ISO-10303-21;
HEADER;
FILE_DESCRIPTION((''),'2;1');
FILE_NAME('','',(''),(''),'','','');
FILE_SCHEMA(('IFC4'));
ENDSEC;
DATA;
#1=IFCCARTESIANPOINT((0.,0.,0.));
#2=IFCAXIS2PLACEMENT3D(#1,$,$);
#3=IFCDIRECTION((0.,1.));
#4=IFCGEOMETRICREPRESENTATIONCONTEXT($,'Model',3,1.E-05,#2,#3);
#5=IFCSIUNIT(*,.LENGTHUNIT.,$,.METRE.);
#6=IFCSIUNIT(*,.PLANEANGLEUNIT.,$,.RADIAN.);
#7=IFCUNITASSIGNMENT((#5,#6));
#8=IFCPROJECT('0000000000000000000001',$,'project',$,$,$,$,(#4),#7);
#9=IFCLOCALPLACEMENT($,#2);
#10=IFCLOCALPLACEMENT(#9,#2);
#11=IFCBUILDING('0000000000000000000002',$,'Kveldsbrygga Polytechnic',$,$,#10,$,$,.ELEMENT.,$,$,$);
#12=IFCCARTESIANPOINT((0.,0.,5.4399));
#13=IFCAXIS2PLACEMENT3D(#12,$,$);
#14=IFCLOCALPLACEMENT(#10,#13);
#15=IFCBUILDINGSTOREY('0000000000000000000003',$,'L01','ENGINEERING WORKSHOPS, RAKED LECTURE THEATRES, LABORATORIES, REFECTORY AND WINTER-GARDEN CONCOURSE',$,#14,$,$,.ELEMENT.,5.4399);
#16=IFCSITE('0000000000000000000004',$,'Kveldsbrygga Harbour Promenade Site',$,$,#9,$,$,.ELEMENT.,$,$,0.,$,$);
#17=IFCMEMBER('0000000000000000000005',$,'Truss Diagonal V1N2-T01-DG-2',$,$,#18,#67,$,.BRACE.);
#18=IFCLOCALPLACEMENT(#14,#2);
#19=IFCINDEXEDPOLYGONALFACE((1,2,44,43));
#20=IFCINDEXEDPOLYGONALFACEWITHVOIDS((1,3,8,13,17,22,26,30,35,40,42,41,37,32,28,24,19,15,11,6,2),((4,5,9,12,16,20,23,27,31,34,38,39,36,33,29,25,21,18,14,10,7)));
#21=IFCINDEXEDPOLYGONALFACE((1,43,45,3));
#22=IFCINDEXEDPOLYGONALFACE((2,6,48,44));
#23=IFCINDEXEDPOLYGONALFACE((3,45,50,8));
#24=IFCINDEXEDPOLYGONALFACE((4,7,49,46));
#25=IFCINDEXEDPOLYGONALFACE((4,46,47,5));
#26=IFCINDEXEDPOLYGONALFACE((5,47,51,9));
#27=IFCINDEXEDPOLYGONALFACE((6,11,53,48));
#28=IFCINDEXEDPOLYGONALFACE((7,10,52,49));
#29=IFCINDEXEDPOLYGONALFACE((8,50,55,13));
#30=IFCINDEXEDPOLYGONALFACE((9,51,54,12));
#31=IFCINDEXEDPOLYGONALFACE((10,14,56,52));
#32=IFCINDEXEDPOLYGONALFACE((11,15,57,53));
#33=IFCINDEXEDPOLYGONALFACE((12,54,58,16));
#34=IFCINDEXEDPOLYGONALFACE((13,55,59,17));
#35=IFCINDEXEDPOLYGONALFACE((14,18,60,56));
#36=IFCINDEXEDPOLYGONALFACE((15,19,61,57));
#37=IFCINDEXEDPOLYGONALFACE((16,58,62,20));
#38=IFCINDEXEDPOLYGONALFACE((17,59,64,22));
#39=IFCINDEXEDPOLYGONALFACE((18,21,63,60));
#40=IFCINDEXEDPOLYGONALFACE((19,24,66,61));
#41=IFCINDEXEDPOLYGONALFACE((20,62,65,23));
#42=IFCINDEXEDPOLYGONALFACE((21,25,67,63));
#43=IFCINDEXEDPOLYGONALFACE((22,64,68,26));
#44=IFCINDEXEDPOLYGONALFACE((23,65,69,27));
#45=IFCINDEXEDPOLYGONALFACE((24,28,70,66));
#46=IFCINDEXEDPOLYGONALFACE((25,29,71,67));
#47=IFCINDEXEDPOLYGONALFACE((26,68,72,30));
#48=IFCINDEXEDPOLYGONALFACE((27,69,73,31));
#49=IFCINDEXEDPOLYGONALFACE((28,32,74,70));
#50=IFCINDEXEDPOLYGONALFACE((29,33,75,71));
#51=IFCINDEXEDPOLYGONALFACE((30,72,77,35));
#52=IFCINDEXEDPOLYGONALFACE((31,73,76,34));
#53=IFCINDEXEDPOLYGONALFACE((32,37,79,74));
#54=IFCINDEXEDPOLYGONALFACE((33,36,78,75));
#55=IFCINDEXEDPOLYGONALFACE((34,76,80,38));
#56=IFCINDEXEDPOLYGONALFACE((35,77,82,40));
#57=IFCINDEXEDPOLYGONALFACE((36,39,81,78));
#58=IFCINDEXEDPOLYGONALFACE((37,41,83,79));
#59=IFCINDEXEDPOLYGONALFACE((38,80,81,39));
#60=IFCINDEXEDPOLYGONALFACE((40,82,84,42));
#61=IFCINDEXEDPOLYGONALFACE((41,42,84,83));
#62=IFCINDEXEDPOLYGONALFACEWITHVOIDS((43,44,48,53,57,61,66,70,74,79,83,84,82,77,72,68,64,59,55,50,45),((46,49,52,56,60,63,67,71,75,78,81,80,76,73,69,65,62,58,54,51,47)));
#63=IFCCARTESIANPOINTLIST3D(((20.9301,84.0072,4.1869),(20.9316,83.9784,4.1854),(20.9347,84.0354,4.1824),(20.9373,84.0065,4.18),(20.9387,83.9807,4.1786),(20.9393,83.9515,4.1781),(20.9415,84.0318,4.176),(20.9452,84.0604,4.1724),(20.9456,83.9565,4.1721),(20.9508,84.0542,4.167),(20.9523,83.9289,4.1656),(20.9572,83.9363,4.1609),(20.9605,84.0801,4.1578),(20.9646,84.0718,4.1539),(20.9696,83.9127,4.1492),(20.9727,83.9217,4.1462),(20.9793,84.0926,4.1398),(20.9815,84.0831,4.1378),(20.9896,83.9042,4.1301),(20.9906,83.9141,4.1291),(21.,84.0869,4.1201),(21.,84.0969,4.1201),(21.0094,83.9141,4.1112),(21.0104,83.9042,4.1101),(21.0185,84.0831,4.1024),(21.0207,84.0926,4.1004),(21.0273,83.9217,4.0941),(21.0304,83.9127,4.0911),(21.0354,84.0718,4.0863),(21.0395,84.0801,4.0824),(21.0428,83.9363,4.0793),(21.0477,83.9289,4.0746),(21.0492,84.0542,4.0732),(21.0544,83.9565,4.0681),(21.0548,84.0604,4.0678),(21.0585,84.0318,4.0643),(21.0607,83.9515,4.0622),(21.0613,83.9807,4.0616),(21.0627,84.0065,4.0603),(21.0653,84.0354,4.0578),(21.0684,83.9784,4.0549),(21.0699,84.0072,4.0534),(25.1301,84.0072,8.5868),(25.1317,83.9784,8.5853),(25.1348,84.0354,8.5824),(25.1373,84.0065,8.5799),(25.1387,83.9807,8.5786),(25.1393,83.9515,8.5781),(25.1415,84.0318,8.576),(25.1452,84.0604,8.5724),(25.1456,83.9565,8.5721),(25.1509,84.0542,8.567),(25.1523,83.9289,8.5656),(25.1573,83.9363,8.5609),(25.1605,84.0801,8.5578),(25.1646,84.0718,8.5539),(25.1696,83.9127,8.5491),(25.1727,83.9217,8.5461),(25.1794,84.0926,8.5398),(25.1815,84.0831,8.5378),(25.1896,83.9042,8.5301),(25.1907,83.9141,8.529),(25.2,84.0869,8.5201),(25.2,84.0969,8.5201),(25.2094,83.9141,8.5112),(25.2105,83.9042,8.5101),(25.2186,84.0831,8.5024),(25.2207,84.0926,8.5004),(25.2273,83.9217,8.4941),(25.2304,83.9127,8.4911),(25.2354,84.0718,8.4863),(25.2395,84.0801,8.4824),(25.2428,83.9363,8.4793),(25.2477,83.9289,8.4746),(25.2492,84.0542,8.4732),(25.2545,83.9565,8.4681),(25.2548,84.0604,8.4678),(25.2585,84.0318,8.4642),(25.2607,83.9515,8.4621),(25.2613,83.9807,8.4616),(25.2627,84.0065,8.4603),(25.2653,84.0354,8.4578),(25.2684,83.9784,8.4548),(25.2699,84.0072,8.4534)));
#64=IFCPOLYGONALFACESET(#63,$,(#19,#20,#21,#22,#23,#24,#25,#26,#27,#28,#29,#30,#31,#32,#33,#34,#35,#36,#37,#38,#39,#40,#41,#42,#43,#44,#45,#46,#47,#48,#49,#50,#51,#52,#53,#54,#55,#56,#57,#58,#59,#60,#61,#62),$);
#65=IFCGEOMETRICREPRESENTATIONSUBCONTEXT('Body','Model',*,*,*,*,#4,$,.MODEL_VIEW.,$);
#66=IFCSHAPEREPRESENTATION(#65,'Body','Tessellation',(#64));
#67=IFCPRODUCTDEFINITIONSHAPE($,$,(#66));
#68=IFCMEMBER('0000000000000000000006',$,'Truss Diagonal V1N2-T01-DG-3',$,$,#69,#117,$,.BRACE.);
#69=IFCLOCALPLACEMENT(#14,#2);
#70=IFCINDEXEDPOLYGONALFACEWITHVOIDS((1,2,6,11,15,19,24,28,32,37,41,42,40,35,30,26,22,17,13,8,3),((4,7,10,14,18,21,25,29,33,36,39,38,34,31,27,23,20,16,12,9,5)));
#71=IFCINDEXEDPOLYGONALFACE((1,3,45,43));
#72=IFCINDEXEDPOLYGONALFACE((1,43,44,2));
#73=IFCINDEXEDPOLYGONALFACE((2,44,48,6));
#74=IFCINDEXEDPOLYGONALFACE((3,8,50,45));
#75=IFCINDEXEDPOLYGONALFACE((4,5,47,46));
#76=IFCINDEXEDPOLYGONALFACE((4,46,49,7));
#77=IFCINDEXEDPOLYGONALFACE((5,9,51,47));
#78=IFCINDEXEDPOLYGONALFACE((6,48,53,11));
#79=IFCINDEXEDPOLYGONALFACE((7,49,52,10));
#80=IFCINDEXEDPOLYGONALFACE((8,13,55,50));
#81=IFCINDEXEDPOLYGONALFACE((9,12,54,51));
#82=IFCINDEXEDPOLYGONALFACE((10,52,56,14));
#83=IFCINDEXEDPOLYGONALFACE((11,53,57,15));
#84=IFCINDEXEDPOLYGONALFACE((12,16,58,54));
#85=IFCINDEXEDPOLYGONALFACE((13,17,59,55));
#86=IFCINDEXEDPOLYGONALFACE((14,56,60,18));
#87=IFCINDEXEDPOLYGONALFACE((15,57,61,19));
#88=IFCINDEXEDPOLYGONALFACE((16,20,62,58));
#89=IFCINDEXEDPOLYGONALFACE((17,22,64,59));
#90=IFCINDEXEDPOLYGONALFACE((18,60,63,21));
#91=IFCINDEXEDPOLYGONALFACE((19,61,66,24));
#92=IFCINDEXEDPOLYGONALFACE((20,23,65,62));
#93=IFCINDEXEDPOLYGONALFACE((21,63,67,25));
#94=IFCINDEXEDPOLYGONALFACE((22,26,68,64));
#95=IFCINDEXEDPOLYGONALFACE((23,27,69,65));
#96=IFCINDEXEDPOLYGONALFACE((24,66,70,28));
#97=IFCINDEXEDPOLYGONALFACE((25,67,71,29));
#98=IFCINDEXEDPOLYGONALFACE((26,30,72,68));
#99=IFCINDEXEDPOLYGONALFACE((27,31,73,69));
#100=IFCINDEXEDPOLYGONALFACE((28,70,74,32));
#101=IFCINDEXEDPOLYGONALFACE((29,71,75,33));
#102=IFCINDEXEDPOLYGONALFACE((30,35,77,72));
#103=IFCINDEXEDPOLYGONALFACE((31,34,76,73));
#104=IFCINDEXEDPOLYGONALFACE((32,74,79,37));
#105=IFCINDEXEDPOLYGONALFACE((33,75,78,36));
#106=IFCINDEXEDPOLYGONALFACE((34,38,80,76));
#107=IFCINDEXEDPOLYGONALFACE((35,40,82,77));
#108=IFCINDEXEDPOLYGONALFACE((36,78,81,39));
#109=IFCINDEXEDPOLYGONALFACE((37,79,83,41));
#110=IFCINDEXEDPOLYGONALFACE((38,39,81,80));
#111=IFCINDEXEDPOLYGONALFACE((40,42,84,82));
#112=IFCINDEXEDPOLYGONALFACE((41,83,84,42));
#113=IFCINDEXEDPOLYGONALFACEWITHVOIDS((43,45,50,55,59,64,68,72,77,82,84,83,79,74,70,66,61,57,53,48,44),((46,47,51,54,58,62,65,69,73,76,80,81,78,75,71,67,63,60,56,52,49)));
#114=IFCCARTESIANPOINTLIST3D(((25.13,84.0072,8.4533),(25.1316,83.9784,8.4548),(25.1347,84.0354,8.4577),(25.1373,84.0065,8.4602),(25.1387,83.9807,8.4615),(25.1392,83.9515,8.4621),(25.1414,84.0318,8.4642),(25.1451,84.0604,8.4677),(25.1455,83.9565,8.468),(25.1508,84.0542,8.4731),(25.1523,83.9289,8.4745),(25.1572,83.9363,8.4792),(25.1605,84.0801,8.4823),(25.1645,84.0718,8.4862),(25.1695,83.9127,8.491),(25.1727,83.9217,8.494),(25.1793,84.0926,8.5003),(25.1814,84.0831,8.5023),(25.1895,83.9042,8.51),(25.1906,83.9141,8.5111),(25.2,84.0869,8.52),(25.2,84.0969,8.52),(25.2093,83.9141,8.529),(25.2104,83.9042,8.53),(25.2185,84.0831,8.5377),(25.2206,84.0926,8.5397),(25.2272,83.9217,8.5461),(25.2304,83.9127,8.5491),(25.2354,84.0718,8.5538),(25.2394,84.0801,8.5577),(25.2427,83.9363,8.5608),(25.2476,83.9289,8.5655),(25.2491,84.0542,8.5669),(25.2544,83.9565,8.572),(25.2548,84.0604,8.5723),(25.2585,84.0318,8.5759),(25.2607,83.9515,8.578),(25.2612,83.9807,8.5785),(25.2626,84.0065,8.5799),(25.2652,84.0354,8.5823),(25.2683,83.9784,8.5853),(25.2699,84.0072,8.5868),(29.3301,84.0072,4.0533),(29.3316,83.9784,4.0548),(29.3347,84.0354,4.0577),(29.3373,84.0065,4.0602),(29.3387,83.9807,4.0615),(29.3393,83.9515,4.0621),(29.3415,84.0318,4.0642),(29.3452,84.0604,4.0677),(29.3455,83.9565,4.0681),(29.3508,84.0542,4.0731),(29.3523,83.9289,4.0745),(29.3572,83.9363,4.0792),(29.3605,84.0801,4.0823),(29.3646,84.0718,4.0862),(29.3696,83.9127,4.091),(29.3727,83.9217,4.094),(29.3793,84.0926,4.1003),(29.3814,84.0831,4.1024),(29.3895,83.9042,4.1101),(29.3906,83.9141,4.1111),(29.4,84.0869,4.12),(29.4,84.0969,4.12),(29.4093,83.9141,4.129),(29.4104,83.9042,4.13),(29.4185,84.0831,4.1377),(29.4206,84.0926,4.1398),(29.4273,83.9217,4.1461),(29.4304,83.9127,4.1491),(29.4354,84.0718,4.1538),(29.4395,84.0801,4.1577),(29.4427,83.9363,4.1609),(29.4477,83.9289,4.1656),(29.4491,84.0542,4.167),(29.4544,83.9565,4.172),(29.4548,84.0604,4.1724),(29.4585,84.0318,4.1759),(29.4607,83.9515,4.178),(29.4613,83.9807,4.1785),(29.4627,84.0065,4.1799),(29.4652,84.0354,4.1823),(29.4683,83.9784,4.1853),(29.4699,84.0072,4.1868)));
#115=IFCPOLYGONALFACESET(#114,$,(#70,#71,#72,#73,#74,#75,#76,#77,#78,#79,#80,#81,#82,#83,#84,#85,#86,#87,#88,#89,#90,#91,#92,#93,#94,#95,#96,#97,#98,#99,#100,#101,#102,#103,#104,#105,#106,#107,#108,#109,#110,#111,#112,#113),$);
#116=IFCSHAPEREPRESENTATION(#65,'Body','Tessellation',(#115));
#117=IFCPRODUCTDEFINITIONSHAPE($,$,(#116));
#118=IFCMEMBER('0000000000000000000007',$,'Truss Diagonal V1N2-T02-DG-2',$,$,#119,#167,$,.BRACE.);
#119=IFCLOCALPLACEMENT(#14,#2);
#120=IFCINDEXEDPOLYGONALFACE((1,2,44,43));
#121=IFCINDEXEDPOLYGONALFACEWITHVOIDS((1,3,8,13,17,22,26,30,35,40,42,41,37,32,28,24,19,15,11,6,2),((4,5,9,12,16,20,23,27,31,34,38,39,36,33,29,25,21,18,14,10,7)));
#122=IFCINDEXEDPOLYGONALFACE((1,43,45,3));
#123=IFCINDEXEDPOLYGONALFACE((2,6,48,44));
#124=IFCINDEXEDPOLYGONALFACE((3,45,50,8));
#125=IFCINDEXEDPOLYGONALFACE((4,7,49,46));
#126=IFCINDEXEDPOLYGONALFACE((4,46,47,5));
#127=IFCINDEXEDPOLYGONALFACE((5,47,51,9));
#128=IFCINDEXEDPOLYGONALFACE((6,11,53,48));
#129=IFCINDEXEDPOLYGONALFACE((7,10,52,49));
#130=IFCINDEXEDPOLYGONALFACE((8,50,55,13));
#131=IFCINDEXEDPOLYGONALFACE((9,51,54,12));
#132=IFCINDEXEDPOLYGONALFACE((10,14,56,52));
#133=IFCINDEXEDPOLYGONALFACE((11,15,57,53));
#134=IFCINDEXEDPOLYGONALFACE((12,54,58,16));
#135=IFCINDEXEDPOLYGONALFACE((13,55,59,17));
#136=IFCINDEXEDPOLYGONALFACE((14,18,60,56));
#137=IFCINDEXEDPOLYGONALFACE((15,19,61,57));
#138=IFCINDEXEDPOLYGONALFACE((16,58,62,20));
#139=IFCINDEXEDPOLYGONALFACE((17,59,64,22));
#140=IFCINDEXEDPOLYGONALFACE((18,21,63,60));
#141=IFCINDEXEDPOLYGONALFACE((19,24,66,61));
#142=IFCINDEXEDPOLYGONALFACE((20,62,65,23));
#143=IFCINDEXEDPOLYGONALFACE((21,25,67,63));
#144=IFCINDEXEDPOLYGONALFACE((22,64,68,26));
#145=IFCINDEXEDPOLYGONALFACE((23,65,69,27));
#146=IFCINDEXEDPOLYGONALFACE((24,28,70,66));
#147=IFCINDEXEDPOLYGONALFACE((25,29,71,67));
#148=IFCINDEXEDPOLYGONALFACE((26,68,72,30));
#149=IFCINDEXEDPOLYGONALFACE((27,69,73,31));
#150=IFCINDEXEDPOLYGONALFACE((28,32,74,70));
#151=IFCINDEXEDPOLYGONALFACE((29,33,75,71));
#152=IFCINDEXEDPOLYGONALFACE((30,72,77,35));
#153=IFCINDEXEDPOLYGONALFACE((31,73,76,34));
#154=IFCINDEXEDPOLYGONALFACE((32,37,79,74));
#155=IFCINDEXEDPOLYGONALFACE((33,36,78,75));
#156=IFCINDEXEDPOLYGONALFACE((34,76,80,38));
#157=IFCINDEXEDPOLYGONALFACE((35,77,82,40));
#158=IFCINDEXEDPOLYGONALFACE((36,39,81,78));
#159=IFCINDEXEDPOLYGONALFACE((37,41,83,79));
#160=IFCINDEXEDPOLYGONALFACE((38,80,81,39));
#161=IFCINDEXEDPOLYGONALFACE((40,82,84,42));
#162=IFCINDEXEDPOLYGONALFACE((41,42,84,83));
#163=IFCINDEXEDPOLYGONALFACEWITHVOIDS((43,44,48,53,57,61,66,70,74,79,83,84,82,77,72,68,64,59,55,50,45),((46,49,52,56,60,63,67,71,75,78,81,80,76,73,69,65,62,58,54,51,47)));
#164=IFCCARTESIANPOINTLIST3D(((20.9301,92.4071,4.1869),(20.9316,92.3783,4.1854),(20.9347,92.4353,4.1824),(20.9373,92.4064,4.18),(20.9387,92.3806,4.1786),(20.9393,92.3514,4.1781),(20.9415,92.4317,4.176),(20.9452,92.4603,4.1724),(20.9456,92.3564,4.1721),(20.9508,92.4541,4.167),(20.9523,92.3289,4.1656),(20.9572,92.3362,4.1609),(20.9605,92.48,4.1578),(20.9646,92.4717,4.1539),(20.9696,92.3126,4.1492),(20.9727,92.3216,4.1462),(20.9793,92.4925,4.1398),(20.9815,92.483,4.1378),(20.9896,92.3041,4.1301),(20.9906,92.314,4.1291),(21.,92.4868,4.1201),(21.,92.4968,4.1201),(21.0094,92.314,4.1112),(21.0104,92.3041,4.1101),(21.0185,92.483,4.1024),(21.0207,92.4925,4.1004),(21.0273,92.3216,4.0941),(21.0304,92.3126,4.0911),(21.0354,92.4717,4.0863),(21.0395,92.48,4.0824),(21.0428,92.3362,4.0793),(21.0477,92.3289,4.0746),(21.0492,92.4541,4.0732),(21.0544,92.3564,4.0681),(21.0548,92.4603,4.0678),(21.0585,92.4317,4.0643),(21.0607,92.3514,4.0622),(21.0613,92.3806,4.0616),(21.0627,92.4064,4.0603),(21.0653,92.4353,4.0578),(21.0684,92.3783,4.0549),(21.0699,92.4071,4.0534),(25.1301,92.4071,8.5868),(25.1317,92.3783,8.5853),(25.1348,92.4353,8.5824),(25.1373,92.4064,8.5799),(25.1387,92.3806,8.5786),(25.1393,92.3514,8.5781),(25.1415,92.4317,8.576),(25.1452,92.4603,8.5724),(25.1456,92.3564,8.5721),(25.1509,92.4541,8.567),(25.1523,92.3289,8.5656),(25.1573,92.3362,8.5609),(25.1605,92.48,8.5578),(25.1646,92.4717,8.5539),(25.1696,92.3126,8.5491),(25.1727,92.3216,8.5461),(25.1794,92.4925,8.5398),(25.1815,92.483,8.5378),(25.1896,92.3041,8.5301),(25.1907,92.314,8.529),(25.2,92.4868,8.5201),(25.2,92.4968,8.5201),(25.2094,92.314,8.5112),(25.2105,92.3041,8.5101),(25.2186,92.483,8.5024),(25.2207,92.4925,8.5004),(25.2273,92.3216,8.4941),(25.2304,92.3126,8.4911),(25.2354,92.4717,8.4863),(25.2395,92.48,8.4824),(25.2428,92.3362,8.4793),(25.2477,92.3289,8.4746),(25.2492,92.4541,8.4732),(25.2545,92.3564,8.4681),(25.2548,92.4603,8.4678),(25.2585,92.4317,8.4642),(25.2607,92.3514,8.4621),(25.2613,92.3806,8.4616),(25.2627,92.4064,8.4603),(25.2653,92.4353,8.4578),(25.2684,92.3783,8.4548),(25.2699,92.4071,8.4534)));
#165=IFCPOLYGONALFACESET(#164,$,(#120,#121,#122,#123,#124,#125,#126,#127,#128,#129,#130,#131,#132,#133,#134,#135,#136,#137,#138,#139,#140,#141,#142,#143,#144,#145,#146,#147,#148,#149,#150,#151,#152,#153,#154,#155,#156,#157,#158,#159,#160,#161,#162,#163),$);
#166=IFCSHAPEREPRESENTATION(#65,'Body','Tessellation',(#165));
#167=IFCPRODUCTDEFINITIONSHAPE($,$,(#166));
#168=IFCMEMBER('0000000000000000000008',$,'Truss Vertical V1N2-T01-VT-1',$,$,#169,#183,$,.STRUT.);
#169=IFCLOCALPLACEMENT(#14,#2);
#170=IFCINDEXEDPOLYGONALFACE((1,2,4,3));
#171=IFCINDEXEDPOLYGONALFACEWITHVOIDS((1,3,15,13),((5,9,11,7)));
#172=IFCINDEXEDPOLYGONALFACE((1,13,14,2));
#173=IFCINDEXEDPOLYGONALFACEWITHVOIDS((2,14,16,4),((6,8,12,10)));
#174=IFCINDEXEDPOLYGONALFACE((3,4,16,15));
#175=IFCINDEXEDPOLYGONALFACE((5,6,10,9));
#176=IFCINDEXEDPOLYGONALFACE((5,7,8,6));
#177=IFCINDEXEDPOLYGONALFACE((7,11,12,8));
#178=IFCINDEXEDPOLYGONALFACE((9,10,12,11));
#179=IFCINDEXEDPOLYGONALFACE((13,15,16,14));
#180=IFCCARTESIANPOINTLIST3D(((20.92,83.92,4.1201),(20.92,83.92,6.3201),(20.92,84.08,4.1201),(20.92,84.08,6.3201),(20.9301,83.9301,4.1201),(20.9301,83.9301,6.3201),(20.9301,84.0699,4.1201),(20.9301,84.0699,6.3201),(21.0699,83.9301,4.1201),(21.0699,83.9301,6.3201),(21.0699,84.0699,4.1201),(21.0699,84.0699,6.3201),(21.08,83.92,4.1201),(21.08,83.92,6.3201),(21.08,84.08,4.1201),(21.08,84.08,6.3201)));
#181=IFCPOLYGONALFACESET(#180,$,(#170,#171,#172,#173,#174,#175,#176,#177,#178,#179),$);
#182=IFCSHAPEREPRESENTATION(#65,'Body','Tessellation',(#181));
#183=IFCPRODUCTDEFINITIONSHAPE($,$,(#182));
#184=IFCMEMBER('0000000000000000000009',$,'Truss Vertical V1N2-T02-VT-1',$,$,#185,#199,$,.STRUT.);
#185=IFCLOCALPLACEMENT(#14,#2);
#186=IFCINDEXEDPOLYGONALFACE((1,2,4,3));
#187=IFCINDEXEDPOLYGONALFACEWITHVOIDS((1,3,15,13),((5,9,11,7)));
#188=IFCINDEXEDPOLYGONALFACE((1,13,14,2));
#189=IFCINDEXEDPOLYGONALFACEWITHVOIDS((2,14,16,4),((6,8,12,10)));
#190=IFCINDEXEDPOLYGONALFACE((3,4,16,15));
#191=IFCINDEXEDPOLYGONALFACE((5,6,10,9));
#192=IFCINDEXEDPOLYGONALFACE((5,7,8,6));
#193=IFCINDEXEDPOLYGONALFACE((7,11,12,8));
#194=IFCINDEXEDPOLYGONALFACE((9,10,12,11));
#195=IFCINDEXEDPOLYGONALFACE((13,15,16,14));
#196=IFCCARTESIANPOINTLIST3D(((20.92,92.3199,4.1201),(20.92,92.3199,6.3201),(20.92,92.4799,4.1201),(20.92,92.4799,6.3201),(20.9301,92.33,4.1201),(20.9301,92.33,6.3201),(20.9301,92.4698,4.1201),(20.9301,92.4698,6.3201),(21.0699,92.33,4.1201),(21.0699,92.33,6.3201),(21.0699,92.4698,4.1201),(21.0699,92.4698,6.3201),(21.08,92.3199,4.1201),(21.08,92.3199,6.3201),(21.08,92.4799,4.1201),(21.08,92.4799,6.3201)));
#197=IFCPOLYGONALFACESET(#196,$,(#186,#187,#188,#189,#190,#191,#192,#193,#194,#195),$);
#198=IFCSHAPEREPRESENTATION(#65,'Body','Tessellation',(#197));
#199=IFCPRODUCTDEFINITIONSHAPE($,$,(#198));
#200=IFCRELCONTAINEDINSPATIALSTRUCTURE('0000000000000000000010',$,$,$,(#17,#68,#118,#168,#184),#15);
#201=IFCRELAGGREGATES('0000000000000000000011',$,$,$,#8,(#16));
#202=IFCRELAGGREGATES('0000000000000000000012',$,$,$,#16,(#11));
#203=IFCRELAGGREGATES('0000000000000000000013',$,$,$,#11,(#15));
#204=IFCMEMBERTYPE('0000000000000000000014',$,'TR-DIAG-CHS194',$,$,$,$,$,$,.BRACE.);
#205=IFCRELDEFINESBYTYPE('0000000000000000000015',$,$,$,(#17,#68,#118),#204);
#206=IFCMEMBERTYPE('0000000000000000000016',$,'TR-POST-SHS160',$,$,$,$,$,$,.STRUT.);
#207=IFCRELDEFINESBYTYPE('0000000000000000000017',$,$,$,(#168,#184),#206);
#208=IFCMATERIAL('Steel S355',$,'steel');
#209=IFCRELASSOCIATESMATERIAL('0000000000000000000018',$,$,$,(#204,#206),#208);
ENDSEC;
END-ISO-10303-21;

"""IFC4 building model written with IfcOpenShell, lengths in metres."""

from ifc_helpers import new_model, si_unit, direction, frame, origin, origin_2d, place, context, subcontext, project, spatial, hollow_rectangle, hollow_circle, extrude, material, material_profile, profile_set, type_object, element, save


model = new_model("IFC4")

# Units and contexts
model_context = context("Model", 3, precision=1e-05, world=origin(), true_north=direction((0.0, 1.0)))
body_context = subcontext(model_context, "Body", "Model", "MODEL_VIEW")
ifc_project = project(units=[si_unit("LENGTHUNIT", "METRE"), si_unit("PLANEANGLEUNIT", "RADIAN")], contexts=[model_context])

# Site, building, storey
site_placement = place(None, origin())
site = spatial("IfcSite", under=ifc_project, at=site_placement, Name="Kveldsbrygga Harbour Promenade Site", CompositionType="ELEMENT", RefElevation=0.0)
building_placement = place(site_placement, origin())
building = spatial("IfcBuilding", under=site, at=building_placement, Name="Kveldsbrygga Polytechnic", CompositionType="ELEMENT")
storey_placement = place(building_placement, frame((0.0, 0.0, 5.4399)))
storey = spatial("IfcBuildingStorey", under=building, at=storey_placement, Name="L01", Description="ENGINEERING WORKSHOPS, RAKED LECTURE THEATRES, LABORATORIES, REFECTORY AND WINTER-GARDEN CONCOURSE", CompositionType="ELEMENT", Elevation=5.4399)

# Shared definitions
ifc_material_1 = material(Name="Steel S355", Category="steel")

# Members
ifc_material_profile_1 = material_profile(ifc_material_1, hollow_circle(Radius=0.0969, WallThickness=0.01, at=origin_2d()), Name="CHS 193.7x10.0")
ifc_profile_set_1 = profile_set([ifc_material_profile_1], Name="Steel S355")
member_type_1 = type_object("IfcMemberType", Name="TR-DIAG-CHS194", PredefinedType="BRACE", material=ifc_profile_set_1)
for number, where, z_axis, x_axis, name in (
    (1, (21.0, 84.0, 4.1201), (0.69048, 0.0, 0.723352), (0.0, 1.0, 0.0), "Truss Diagonal V1N2-T01-DG-2"),
    (2, (25.2, 84.0, 8.52), (0.69048, 0.0, -0.723352), (0.0, 1.0, 0.0), "Truss Diagonal V1N2-T01-DG-3"),
    (3, (21.0, 92.3999, 4.1201), (0.69048, 0.0, 0.723352), (0.0, 1.0, 0.0), "Truss Diagonal V1N2-T02-DG-2"),
):
    element("IfcMember", number, at=place(storey_placement, frame(where, z_axis=z_axis, x_axis=x_axis)), inside=storey, type_object=member_type_1, Name=name, PredefinedType="BRACE", context=body_context, shape_type="SweptSolid", body=[
        extrude(hollow_circle(Radius=0.0969, WallThickness=0.01, at=origin_2d()), origin(), (0.0, 0.0, 1.0), 6.0828),
    ])
ifc_material_profile_2 = material_profile(ifc_material_1, hollow_rectangle(XDim=0.1599, YDim=0.1599, WallThickness=0.01, at=origin_2d()), Name="SHS 160x160x10.0")
ifc_profile_set_2 = profile_set([ifc_material_profile_2], Name="Steel S355")
member_type_2 = type_object("IfcMemberType", Name="TR-POST-SHS160", PredefinedType="STRUT", material=ifc_profile_set_2)
for number, where, z_axis, x_axis, name in (
    (4, (21.0, 84.0, 4.1201), (0.0, 0.0, 1.0), (1.0, 0.0, 0.0), "Truss Vertical V1N2-T01-VT-1"),
    (5, (21.0, 92.3999, 4.1201), (0.0, 0.0, 1.0), (1.0, 0.0, 0.0), "Truss Vertical V1N2-T02-VT-1"),
):
    element("IfcMember", number, at=place(storey_placement, frame(where, z_axis=z_axis, x_axis=x_axis)), inside=storey, type_object=member_type_2, Name=name, PredefinedType="STRUT", context=body_context, shape_type="SweptSolid", body=[
        extrude(hollow_rectangle(XDim=0.1599, YDim=0.1599, WallThickness=0.01, at=origin_2d()), origin(), (0.0, 0.0, 1.0), 2.2),
    ])

save(model, "model.ifc")
